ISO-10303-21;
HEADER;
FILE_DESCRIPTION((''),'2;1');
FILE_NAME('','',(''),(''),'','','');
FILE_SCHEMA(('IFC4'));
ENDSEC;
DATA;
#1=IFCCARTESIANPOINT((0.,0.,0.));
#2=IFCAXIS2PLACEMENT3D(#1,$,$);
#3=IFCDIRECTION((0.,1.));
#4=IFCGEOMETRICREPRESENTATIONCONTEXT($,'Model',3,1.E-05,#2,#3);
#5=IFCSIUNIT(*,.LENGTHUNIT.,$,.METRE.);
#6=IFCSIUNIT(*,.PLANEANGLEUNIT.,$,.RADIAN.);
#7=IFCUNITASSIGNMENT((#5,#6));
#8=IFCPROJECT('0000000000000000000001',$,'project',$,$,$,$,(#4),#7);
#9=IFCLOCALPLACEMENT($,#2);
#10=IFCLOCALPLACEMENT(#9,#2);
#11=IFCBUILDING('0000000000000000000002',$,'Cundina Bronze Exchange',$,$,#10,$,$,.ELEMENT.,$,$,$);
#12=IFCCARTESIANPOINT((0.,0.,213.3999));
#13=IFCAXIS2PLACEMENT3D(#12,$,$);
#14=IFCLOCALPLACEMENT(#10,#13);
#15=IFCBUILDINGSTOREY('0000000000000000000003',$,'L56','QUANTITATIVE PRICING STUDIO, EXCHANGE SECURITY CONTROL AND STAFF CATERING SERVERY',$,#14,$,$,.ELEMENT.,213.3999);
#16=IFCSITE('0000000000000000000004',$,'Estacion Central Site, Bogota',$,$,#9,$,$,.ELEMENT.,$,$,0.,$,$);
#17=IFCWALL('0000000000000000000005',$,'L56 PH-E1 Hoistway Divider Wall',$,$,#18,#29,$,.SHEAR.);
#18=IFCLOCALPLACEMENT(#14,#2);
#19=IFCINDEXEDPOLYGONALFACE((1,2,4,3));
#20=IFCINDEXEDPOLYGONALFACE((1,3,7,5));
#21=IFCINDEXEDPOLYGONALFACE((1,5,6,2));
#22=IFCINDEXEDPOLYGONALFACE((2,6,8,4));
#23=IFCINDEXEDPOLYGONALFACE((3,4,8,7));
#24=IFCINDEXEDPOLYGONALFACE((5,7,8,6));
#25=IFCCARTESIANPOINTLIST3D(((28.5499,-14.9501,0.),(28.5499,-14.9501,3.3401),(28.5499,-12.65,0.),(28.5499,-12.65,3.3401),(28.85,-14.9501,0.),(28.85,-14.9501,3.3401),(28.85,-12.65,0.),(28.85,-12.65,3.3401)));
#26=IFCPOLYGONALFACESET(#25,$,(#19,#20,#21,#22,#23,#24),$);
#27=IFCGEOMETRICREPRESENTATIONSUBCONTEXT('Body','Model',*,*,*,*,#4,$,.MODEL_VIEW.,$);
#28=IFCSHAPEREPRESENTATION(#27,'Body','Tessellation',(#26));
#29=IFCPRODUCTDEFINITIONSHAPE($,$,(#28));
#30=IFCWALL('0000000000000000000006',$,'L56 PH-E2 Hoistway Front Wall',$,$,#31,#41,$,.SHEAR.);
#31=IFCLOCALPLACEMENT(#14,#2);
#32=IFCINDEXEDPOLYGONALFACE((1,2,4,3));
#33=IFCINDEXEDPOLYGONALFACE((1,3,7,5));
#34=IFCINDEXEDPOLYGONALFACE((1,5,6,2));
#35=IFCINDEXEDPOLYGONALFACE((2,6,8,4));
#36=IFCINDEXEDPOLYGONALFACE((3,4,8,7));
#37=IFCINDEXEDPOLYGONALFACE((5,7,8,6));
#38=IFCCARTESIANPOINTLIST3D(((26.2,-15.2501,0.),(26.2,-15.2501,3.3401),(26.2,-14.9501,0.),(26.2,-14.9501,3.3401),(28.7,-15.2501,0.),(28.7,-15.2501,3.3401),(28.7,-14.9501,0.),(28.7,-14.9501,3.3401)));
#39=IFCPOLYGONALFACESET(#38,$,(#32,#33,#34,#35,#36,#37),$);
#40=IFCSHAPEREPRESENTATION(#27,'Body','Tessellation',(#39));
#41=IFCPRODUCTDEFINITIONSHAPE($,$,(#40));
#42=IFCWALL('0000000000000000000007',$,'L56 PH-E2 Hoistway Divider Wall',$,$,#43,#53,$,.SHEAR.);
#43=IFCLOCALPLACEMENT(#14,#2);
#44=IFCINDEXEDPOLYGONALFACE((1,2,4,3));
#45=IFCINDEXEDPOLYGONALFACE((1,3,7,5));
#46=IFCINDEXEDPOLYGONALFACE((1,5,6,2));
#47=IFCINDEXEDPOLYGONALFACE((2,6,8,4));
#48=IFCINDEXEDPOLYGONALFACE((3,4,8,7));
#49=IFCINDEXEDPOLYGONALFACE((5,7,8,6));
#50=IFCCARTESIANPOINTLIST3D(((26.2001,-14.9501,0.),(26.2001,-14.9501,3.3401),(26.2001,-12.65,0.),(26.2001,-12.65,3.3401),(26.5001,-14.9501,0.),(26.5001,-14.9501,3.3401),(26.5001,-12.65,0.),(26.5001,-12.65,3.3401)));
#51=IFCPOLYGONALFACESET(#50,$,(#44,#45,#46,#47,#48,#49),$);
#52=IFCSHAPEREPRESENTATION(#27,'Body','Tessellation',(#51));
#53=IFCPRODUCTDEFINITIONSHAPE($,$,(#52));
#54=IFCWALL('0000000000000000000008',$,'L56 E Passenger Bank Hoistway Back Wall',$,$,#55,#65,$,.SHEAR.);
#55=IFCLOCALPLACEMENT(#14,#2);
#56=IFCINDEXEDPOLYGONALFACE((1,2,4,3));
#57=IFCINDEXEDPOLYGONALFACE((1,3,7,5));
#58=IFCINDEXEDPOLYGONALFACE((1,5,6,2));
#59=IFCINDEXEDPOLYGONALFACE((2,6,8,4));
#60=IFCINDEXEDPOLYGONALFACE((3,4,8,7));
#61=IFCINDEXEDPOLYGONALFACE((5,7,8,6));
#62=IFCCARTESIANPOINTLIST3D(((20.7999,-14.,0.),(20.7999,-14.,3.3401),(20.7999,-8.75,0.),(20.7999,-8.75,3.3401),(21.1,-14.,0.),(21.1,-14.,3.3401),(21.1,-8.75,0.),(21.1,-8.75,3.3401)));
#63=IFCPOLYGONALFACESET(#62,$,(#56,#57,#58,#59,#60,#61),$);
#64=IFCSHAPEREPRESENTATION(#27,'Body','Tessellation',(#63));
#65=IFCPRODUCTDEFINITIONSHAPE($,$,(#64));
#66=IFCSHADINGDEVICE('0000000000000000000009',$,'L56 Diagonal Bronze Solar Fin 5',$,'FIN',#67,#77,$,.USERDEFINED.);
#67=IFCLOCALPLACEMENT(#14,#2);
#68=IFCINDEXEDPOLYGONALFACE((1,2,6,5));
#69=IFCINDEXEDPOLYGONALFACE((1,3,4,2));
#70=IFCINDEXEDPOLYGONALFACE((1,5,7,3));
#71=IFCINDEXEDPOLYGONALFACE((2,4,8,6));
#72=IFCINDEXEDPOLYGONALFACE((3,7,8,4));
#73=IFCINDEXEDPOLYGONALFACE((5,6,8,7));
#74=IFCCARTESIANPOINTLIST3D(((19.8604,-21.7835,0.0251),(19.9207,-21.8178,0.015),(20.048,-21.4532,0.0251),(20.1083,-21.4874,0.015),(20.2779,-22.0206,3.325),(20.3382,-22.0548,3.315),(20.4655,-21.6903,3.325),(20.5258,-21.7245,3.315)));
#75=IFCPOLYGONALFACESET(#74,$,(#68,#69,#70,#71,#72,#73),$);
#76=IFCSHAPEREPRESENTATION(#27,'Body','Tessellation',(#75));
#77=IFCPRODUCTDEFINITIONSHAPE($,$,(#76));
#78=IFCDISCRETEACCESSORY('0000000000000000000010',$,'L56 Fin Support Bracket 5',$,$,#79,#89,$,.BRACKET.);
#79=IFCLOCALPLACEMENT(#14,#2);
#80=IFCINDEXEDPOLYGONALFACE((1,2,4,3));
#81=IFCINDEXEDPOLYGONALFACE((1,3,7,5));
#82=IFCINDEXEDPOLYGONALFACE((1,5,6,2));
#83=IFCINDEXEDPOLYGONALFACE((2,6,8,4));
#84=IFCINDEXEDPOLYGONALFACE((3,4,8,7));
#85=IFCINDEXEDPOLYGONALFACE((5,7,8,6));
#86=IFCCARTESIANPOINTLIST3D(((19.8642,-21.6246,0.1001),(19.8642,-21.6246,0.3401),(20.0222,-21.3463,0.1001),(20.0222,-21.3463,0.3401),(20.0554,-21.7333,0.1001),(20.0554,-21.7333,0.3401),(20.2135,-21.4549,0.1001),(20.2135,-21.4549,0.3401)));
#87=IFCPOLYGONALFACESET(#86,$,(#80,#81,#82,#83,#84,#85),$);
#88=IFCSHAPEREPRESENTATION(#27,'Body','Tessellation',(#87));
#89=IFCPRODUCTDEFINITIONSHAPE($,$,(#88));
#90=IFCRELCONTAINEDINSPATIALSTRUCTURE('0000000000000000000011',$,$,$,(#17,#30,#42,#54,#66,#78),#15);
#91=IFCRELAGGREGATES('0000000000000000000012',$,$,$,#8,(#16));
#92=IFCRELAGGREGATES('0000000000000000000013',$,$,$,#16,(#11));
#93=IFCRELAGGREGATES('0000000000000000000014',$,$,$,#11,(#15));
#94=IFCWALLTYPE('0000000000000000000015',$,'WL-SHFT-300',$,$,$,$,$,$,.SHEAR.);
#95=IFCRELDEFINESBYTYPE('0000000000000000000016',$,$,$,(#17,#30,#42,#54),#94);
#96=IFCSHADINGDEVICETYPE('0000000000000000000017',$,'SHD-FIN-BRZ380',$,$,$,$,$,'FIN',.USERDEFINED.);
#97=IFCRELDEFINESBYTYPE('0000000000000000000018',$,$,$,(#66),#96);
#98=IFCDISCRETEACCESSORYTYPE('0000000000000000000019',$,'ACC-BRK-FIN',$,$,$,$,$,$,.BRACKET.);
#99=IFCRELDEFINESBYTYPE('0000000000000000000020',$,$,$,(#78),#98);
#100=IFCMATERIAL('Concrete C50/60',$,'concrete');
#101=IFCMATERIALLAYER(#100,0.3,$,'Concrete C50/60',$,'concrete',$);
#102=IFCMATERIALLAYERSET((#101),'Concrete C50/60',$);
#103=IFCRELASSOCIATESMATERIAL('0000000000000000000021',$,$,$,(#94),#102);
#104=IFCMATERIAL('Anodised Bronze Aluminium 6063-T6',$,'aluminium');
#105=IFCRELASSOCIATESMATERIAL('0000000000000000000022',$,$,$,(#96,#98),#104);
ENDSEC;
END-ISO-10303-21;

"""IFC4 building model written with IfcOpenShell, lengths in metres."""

from ifc_helpers import new_model, si_unit, direction, frame, frame_2d, origin, origin_2d, place, context, subcontext, project, spatial, rectangle, extrude, material, layer, layer_set, material_profile, profile_set, type_object, element, save


model = new_model("IFC4")

# Units and contexts
model_context = context("Model", 3, precision=1e-05, world=origin(), true_north=direction((0.0, 1.0)))
body_context = subcontext(model_context, "Body", "Model", "MODEL_VIEW")
ifc_project = project(units=[si_unit("LENGTHUNIT", "METRE"), si_unit("PLANEANGLEUNIT", "RADIAN")], contexts=[model_context])

# Site, building, storey
site_placement = place(None, origin())
site = spatial("IfcSite", under=ifc_project, at=site_placement, Name="Estacion Central Site, Bogota", CompositionType="ELEMENT", RefElevation=0.0)
building_placement = place(site_placement, origin())
building = spatial("IfcBuilding", under=site, at=building_placement, Name="Cundina Bronze Exchange", CompositionType="ELEMENT")
storey_placement = place(building_placement, frame((0.0, 0.0, 213.3999)))
storey = spatial("IfcBuildingStorey", under=building, at=storey_placement, Name="L56", Description="QUANTITATIVE PRICING STUDIO, EXCHANGE SECURITY CONTROL AND STAFF CATERING SERVERY", CompositionType="ELEMENT", Elevation=213.3999)

# Shared definitions
ifc_material_1 = material(Name="Concrete C50/60", Category="concrete")

# Shared definitions
ifc_material_2 = material(Name="Anodised Bronze Aluminium 6063-T6", Category="aluminium")

# Walls
ifc_layer_1 = layer(ifc_material_1, 0.3, Name="Concrete C50/60", Category="concrete")
ifc_layer_set_1 = layer_set([ifc_layer_1], Name="Concrete C50/60")
wall_type_1 = type_object("IfcWallType", Name="WL-SHFT-300", PredefinedType="SHEAR", material=ifc_layer_set_1)
wall_1_placement = place(storey_placement, frame((28.7, -14.95, 0.0), z_axis=(0.0, 0.0, 1.0), x_axis=(0.0, 1.0, 0.0)))
element("IfcWall", 1, at=wall_1_placement, inside=storey, type_object=wall_type_1, Name="L56 PH-E1 Hoistway Divider Wall", PredefinedType="SHEAR", context=body_context, shape_type="SweptSolid", body=[
    extrude(rectangle(XDim=2.3, YDim=0.3, at=frame_2d((1.1499, 0.0))), origin(), (0.0, 0.0, 1.0), 3.3401),
])
wall_2_placement = place(storey_placement, frame((26.2, -15.1001, 0.0), z_axis=(0.0, 0.0, 1.0), x_axis=(1.0, 0.0, 0.0)))
element("IfcWall", 2, at=wall_2_placement, inside=storey, type_object=wall_type_1, Name="L56 PH-E2 Hoistway Front Wall", PredefinedType="SHEAR", context=body_context, shape_type="SweptSolid", body=[
    extrude(rectangle(XDim=2.5, YDim=0.3, at=frame_2d((1.25, 0.0))), origin(), (0.0, 0.0, 1.0), 3.3401),
])
wall_3_placement = place(storey_placement, frame((26.3501, -14.95, 0.0), z_axis=(0.0, 0.0, 1.0), x_axis=(0.0, 1.0, 0.0)))
element("IfcWall", 3, at=wall_3_placement, inside=storey, type_object=wall_type_1, Name="L56 PH-E2 Hoistway Divider Wall", PredefinedType="SHEAR", context=body_context, shape_type="SweptSolid", body=[
    extrude(rectangle(XDim=2.3, YDim=0.3, at=frame_2d((1.1499, 0.0))), origin(), (0.0, 0.0, 1.0), 3.3401),
])
wall_4_placement = place(storey_placement, frame((20.95, -14.0, 0.0), z_axis=(0.0, 0.0, 1.0), x_axis=(0.0, 1.0, 0.0)))
element("IfcWall", 4, at=wall_4_placement, inside=storey, type_object=wall_type_1, Name="L56 E Passenger Bank Hoistway Back Wall", PredefinedType="SHEAR", context=body_context, shape_type="SweptSolid", body=[
    extrude(rectangle(XDim=5.25, YDim=0.3, at=frame_2d((2.625, 0.0))), origin(), (0.0, 0.0, 1.0), 3.3401),
])

# Shading device
ifc_material_profile_1 = material_profile(ifc_material_2, rectangle(XDim=0.0701, YDim=0.3799, at=origin_2d()), Name="FIN70X380", Category="aluminium")
ifc_profile_set_1 = profile_set([ifc_material_profile_1], Name="Anodised Bronze Aluminium 6063-T6")
shading_device_type = type_object("IfcShadingDeviceType", Name="SHD-FIN-BRZ380", ElementType="FIN", PredefinedType="USERDEFINED", material=ifc_profile_set_1)
shading_device_placement = place(storey_placement, frame((19.9844, -21.6355, 0.02), z_axis=(0.12519, -0.071087, 0.989583), x_axis=(-0.860527, 0.488638, 0.143965)))
element("IfcShadingDevice", 5, at=shading_device_placement, inside=storey, type_object=shading_device_type, Name="L56 Diagonal Bronze Solar Fin 5", ObjectType="FIN", PredefinedType="USERDEFINED", context=body_context, shape_type="SweptSolid", body=[
    extrude(rectangle(XDim=0.0701, YDim=0.3799, at=origin_2d()), origin(), (0.0, 0.0, 1.0), 3.3347),
])

# Discrete accessory
discrete_accessory_type = type_object("IfcDiscreteAccessoryType", Name="ACC-BRK-FIN", PredefinedType="BRACKET", material=ifc_material_2)
discrete_accessory_placement = place(storey_placement, frame((20.0388, -21.5398, 0.1001), z_axis=(0.0, 0.0, 1.0), x_axis=(0.869573, -0.493805, 0.0)))
element("IfcDiscreteAccessory", 6, at=discrete_accessory_placement, inside=storey, type_object=discrete_accessory_type, Name="L56 Fin Support Bracket 5", PredefinedType="BRACKET", context=body_context, shape_type="SweptSolid", body=[
    extrude(rectangle(XDim=0.22, YDim=0.3201, at=origin_2d()), origin(), (0.0, 0.0, 1.0), 0.24),
])

save(model, "model.ifc")
